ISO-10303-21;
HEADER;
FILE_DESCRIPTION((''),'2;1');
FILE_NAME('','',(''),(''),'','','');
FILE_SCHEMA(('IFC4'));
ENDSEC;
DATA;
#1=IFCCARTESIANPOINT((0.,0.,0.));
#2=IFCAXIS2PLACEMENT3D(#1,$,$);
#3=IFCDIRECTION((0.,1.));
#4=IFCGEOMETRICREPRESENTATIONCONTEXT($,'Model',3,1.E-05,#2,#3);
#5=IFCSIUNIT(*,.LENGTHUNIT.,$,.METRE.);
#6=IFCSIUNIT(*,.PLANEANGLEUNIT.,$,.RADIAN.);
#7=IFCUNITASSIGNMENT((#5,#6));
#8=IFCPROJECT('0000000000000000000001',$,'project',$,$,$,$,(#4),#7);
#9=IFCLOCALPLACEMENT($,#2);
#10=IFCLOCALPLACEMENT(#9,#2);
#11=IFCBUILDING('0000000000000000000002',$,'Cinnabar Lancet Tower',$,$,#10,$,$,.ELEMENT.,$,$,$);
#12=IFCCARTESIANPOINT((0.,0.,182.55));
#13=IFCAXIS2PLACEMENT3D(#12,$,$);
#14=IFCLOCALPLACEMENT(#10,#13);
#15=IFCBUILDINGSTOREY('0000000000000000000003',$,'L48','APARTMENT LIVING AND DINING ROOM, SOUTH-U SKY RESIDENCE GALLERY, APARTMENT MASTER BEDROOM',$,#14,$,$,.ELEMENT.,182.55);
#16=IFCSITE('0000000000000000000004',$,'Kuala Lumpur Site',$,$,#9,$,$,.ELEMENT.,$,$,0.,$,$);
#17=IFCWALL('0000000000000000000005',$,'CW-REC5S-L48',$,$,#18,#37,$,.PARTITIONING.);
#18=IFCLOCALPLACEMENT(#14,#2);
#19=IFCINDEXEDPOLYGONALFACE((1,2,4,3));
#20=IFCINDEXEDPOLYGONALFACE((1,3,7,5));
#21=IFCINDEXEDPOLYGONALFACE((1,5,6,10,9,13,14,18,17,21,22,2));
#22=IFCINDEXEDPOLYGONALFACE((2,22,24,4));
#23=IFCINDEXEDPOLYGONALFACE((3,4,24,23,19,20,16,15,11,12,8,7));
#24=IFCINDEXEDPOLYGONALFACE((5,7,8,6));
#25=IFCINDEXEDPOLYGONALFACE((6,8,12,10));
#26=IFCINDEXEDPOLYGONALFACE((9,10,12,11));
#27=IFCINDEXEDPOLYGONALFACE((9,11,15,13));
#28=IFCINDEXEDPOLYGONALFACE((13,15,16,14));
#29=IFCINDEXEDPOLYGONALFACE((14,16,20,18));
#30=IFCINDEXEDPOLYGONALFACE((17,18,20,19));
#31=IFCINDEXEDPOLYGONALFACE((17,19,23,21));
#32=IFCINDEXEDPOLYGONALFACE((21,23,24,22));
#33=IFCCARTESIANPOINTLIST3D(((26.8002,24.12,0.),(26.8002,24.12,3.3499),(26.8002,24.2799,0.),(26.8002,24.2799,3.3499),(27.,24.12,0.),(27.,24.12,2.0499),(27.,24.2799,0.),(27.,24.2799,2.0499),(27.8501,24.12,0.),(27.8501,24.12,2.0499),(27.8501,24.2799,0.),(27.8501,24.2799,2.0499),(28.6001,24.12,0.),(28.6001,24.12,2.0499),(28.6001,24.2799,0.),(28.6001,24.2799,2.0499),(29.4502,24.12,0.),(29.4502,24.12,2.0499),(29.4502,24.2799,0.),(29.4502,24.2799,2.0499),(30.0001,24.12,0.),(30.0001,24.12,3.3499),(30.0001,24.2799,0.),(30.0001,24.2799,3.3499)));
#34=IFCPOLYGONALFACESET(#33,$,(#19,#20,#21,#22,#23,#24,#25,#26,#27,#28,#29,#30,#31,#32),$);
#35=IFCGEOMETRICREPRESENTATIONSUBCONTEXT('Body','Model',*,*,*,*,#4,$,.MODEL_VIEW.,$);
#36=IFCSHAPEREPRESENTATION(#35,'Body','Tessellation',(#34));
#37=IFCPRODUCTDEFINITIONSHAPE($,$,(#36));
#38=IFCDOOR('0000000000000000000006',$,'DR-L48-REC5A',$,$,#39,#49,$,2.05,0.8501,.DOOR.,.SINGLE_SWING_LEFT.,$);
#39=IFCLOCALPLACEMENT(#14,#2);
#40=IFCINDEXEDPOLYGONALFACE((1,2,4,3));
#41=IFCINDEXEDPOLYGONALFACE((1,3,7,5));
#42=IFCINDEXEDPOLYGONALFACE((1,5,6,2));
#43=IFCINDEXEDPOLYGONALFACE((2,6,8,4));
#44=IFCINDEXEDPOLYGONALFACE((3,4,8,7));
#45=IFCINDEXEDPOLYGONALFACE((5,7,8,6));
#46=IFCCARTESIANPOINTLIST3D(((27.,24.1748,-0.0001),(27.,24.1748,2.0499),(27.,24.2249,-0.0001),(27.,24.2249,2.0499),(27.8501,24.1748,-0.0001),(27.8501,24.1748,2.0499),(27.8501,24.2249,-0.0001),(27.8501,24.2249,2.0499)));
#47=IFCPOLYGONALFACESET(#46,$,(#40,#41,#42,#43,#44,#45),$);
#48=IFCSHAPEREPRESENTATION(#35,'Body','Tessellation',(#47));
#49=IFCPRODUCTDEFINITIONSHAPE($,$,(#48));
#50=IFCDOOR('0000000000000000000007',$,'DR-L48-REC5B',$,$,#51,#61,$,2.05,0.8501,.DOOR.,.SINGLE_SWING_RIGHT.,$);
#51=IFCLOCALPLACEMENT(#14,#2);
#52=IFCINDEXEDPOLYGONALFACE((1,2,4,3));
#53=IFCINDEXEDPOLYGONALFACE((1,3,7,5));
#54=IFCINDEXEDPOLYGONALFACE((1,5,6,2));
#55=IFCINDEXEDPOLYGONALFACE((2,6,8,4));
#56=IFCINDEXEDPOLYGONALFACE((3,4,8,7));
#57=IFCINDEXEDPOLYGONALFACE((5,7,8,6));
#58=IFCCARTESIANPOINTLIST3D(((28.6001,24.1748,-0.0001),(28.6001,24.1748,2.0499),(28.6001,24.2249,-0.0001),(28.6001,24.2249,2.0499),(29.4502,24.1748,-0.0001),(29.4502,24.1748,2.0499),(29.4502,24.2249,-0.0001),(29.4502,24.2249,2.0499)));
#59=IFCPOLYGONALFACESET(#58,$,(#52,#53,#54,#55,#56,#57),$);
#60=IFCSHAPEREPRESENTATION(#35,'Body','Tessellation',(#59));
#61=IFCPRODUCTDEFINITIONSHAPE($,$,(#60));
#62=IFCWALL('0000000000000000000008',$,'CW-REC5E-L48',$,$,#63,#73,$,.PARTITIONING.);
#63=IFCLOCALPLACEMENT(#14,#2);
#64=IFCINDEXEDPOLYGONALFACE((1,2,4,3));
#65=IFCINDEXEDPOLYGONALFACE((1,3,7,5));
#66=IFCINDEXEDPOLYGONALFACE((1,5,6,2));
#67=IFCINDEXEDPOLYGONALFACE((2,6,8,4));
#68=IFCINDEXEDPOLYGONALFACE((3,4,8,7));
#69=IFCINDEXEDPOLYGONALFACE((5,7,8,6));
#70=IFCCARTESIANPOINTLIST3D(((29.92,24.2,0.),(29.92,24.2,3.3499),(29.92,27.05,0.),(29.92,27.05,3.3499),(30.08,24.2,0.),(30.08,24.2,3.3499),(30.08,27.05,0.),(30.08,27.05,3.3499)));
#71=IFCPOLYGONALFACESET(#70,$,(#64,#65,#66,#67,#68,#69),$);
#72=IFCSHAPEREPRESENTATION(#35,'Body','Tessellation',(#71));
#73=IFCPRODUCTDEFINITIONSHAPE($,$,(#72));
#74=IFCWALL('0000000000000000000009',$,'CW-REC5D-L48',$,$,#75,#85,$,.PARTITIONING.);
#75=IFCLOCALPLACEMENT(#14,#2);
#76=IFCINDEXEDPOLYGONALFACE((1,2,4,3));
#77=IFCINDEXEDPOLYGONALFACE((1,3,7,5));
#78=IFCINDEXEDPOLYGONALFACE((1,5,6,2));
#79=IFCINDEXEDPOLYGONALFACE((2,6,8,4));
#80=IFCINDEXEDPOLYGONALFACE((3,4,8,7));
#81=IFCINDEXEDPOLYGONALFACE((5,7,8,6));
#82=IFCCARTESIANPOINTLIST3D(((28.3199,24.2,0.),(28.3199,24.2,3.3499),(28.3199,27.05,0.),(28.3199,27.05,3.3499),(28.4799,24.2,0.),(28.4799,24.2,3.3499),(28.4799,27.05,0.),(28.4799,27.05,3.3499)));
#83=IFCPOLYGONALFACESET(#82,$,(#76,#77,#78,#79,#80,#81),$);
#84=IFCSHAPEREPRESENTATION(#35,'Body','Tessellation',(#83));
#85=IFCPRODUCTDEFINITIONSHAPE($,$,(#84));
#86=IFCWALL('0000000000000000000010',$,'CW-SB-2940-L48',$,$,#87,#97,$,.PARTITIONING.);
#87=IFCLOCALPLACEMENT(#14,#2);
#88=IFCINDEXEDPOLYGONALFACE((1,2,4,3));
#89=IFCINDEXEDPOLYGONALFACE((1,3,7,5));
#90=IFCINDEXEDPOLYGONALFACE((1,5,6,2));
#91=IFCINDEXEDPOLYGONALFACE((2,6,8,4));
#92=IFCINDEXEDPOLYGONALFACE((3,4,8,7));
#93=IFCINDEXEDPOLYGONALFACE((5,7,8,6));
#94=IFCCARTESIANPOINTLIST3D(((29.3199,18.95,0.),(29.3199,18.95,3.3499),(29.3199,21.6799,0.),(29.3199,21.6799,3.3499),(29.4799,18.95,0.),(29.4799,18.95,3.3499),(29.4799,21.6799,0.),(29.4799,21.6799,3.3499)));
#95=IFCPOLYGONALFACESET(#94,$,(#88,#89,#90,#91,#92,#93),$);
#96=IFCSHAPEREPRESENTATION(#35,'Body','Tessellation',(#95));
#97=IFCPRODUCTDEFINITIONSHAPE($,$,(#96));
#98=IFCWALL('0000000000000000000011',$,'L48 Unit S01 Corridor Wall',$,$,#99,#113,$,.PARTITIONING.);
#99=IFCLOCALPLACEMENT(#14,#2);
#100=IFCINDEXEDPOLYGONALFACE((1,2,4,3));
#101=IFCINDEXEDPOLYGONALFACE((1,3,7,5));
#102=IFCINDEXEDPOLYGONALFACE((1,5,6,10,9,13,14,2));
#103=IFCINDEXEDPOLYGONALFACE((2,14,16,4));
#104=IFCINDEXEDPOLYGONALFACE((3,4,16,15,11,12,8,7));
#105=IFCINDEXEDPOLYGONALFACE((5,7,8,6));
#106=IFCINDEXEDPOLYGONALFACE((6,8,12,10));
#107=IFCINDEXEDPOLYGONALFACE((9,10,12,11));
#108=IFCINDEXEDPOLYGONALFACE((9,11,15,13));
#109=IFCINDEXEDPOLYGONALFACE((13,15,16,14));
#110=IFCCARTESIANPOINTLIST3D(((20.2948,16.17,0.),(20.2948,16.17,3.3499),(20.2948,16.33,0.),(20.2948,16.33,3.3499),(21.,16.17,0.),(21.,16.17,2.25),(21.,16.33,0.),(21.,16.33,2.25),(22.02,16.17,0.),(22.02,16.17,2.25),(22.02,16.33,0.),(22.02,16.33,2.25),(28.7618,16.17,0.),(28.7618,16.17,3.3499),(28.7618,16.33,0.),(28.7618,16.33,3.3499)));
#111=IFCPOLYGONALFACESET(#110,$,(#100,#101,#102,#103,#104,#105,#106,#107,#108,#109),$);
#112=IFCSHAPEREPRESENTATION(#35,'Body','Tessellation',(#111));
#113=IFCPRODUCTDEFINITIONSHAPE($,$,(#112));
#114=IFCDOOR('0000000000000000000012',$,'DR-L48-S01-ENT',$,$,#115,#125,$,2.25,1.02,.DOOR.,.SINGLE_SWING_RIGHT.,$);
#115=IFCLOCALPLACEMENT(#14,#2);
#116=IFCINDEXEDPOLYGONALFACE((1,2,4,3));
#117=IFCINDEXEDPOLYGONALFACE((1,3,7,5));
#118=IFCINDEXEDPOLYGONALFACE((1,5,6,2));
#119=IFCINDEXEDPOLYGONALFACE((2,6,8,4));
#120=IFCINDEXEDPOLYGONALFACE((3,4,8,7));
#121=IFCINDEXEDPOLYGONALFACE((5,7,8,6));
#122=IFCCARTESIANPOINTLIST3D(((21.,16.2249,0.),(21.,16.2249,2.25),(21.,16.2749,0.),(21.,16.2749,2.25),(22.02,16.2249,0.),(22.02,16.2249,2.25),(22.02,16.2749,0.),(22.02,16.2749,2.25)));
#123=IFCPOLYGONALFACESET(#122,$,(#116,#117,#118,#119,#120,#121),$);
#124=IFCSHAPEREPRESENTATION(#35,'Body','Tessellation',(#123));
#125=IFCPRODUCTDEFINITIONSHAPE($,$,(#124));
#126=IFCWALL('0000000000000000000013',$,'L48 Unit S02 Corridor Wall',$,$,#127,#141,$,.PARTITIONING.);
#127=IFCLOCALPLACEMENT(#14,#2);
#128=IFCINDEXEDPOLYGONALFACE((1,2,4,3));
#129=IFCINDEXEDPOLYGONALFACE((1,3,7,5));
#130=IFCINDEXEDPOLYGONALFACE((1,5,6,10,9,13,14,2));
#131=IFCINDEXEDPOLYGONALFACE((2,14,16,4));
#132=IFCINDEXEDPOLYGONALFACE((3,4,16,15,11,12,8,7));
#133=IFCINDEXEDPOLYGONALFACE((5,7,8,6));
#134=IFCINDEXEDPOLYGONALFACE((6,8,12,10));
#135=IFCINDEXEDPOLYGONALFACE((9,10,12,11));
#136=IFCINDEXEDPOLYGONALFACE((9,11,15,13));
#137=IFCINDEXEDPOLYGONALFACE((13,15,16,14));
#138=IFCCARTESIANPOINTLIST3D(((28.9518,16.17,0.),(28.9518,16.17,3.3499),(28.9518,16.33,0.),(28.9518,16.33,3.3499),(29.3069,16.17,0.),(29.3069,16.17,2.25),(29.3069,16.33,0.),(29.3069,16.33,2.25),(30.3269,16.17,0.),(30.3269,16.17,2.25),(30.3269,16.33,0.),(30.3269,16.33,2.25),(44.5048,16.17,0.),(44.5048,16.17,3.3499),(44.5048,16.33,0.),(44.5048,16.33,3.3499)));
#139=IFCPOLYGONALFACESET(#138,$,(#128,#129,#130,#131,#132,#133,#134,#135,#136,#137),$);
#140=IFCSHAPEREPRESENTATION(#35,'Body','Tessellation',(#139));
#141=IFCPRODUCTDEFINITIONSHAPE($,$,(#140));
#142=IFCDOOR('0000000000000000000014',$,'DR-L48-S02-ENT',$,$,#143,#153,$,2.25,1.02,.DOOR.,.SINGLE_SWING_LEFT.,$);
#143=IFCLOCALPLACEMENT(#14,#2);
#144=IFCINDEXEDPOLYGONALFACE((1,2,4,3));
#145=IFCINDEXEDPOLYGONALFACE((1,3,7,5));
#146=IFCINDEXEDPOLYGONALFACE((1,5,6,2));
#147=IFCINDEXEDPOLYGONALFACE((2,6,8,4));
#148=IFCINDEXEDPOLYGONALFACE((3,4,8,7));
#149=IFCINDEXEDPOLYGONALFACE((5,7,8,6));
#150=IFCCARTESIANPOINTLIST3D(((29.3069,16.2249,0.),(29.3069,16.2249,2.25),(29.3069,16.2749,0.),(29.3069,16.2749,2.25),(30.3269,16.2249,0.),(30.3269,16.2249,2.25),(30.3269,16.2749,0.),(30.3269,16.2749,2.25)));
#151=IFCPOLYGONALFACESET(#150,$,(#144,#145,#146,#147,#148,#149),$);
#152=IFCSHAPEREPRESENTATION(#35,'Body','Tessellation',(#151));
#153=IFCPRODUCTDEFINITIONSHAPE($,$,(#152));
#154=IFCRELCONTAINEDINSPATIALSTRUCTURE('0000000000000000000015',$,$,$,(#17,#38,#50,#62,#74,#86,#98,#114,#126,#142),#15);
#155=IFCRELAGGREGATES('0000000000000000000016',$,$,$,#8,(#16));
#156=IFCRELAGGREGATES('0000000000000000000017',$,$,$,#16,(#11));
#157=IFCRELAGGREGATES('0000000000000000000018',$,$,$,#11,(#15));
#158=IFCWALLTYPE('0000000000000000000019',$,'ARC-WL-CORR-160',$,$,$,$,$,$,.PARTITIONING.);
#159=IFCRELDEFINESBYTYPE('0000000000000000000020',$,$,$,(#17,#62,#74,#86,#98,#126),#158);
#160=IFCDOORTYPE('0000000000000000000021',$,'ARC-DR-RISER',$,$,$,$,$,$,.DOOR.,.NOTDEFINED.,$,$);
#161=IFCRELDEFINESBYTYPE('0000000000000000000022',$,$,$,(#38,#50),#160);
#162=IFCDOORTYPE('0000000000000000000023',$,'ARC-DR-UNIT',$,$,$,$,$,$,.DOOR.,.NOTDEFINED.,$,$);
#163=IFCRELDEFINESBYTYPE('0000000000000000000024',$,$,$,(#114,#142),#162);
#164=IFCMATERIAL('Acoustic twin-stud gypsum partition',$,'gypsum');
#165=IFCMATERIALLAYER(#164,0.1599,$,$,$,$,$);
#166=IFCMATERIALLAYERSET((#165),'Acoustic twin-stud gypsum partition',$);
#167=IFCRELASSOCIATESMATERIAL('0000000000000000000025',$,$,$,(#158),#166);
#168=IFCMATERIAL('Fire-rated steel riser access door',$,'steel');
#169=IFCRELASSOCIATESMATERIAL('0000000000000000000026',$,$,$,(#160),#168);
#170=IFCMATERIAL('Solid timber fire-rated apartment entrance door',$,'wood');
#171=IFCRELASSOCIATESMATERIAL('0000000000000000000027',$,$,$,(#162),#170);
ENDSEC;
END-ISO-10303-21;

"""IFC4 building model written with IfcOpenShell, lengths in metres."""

from ifc_helpers import new_model, si_unit, direction, frame, frame_2d, origin, place, context, subcontext, project, spatial, rectangle, extrude, material, layer, layer_set, type_object, element, fill, save


model = new_model("IFC4")

# Units and contexts
model_context = context("Model", 3, precision=1e-05, world=origin(), true_north=direction((0.0, 1.0)))
body_context = subcontext(model_context, "Body", "Model", "MODEL_VIEW")
ifc_project = project(units=[si_unit("LENGTHUNIT", "METRE"), si_unit("PLANEANGLEUNIT", "RADIAN")], contexts=[model_context])

# Site, building, storey
site_placement = place(None, origin())
site = spatial("IfcSite", under=ifc_project, at=site_placement, Name="Kuala Lumpur Site", CompositionType="ELEMENT", RefElevation=0.0)
building_placement = place(site_placement, origin())
building = spatial("IfcBuilding", under=site, at=building_placement, Name="Cinnabar Lancet Tower", CompositionType="ELEMENT")
storey_placement = place(building_placement, frame((0.0, 0.0, 182.55)))
storey = spatial("IfcBuildingStorey", under=building, at=storey_placement, Name="L48", Description="APARTMENT LIVING AND DINING ROOM, SOUTH-U SKY RESIDENCE GALLERY, APARTMENT MASTER BEDROOM", CompositionType="ELEMENT", Elevation=182.55)

# Wall, openings, doors
ifc_material_1 = material(Name="Acoustic twin-stud gypsum partition", Category="gypsum")
ifc_layer_1 = layer(ifc_material_1, 0.1599)
ifc_layer_set_1 = layer_set([ifc_layer_1], Name="Acoustic twin-stud gypsum partition")
wall_type_1 = type_object("IfcWallType", Name="ARC-WL-CORR-160", PredefinedType="PARTITIONING", material=ifc_layer_set_1)
wall_1_placement = place(storey_placement, frame((26.8, 24.2, 0.0), z_axis=(0.0, 0.0, 1.0), x_axis=(1.0, 0.0, 0.0)))
wall_1 = element("IfcWall", 1, at=wall_1_placement, inside=storey, type_object=wall_type_1, Name="CW-REC5S-L48", PredefinedType="PARTITIONING", context=body_context, shape_type="SweptSolid", body=[
    extrude(rectangle(XDim=3.2, YDim=0.1599, at=frame_2d((1.6001, 0.0))), origin(), (0.0, 0.0, 1.0), 3.3499),
])
opening_1_placement = place(wall_1_placement, frame((0.2, 0.0, 0.0)))
opening_1 = element("IfcOpeningElement", 2, at=opening_1_placement, cuts=wall_1, PredefinedType="OPENING", context=body_context, shape_type="SweptSolid", body=[
    extrude(rectangle(XDim=0.8501, YDim=2.05, at=frame_2d((0.425, 1.0249))), frame((0.0, 0.0898, 0.0), z_axis=(0.0, -1.0, 0.0), x_axis=(1.0, 0.0, 0.0)), (0.0, 0.0, 1.0), 0.1799),
])
opening_2_placement = place(wall_1_placement, frame((1.8, 0.0, 0.0)))
opening_2 = element("IfcOpeningElement", 3, at=opening_2_placement, cuts=wall_1, PredefinedType="OPENING", context=body_context, shape_type="SweptSolid", body=[
    extrude(rectangle(XDim=0.8501, YDim=2.05, at=frame_2d((0.425, 1.0249))), frame((0.0, 0.0898, 0.0), z_axis=(0.0, -1.0, 0.0), x_axis=(1.0, 0.0, 0.0)), (0.0, 0.0, 1.0), 0.1799),
])
ifc_material_2 = material(Name="Fire-rated steel riser access door", Category="steel")
door_type_1 = type_object("IfcDoorType", Name="ARC-DR-RISER", OperationType="NOTDEFINED", PredefinedType="DOOR", material=ifc_material_2)
door_1_placement = place(opening_1_placement, origin())
door_1 = element("IfcDoor", 4, at=door_1_placement, inside=storey, type_object=door_type_1, Name="DR-L48-REC5A", OperationType="SINGLE_SWING_LEFT", OverallHeight=2.05, OverallWidth=0.8501, PredefinedType="DOOR", context=body_context, shape_type="SweptSolid", body=[
    extrude(rectangle(XDim=0.8501, YDim=2.05, at=frame_2d((0.425, 1.0249))), frame((0.0, 0.0249, 0.0), z_axis=(0.0, -1.0, 0.0), x_axis=(1.0, 0.0, 0.0)), (0.0, 0.0, 1.0), 0.05),
])
fill(opening_1, door_1)
door_2_placement = place(opening_2_placement, origin())
door_2 = element("IfcDoor", 5, at=door_2_placement, inside=storey, type_object=door_type_1, Name="DR-L48-REC5B", OperationType="SINGLE_SWING_RIGHT", OverallHeight=2.05, OverallWidth=0.8501, PredefinedType="DOOR", context=body_context, shape_type="SweptSolid", body=[
    extrude(rectangle(XDim=0.8501, YDim=2.05, at=frame_2d((0.425, 1.0249))), frame((0.0, 0.0249, 0.0), z_axis=(0.0, -1.0, 0.0), x_axis=(1.0, 0.0, 0.0)), (0.0, 0.0, 1.0), 0.05),
])
fill(opening_2, door_2)

# Walls
for number, where, z_axis, x_axis, name in (
    (6, (30.0, 24.2, 0.0), (0.0, 0.0, 1.0), (0.0, 1.0, 0.0), "CW-REC5E-L48"),
    (7, (28.3999, 24.2, 0.0), (0.0, 0.0, 1.0), (0.0, 1.0, 0.0), "CW-REC5D-L48"),
):
    element("IfcWall", number, at=place(storey_placement, frame(where, z_axis=z_axis, x_axis=x_axis)), inside=storey, type_object=wall_type_1, Name=name, PredefinedType="PARTITIONING", context=body_context, shape_type="SweptSolid", body=[
        extrude(rectangle(XDim=2.8501, YDim=0.1599, at=frame_2d((1.425, 0.0))), origin(), (0.0, 0.0, 1.0), 3.3499),
    ])
wall_2_placement = place(storey_placement, frame((29.3999, 18.95, 0.0), z_axis=(0.0, 0.0, 1.0), x_axis=(0.0, 1.0, 0.0)))
element("IfcWall", 8, at=wall_2_placement, inside=storey, type_object=wall_type_1, Name="CW-SB-2940-L48", PredefinedType="PARTITIONING", context=body_context, shape_type="SweptSolid", body=[
    extrude(rectangle(XDim=2.73, YDim=0.1599, at=frame_2d((1.365, 0.0))), origin(), (0.0, 0.0, 1.0), 3.3499),
])

# Walls, openings, doors
wall_3_placement = place(storey_placement, frame((20.2949, 16.25, 0.0), z_axis=(0.0, 0.0, 1.0), x_axis=(1.0, 0.0, 0.0)))
wall_3 = element("IfcWall", 9, at=wall_3_placement, inside=storey, type_object=wall_type_1, Name="L48 Unit S01 Corridor Wall", PredefinedType="PARTITIONING", context=body_context, shape_type="SweptSolid", body=[
    extrude(rectangle(XDim=8.467, YDim=0.1599, at=frame_2d((4.2334, 0.0))), origin(), (0.0, 0.0, 1.0), 3.3499),
])
opening_3_placement = place(wall_3_placement, frame((0.7051, 0.0, 0.0)))
opening_3 = element("IfcOpeningElement", 10, at=opening_3_placement, cuts=wall_3, PredefinedType="OPENING", context=body_context, shape_type="SweptSolid", body=[
    extrude(rectangle(XDim=1.02, YDim=2.25, at=frame_2d((0.51, 1.125))), frame((0.0, 0.0898, 0.0), z_axis=(0.0, -1.0, 0.0), x_axis=(1.0, 0.0, 0.0)), (0.0, 0.0, 1.0), 0.1799),
])
ifc_material_3 = material(Name="Solid timber fire-rated apartment entrance door", Category="wood")
door_type_2 = type_object("IfcDoorType", Name="ARC-DR-UNIT", OperationType="NOTDEFINED", PredefinedType="DOOR", material=ifc_material_3)
door_3_placement = place(opening_3_placement, origin())
door_3 = element("IfcDoor", 11, at=door_3_placement, inside=storey, type_object=door_type_2, Name="DR-L48-S01-ENT", OperationType="SINGLE_SWING_RIGHT", OverallHeight=2.25, OverallWidth=1.02, PredefinedType="DOOR", context=body_context, shape_type="SweptSolid", body=[
    extrude(rectangle(XDim=1.02, YDim=2.25, at=frame_2d((0.51, 1.125))), frame((0.0, 0.0249, 0.0), z_axis=(0.0, -1.0, 0.0), x_axis=(1.0, 0.0, 0.0)), (0.0, 0.0, 1.0), 0.05),
])
fill(opening_3, door_3)
wall_4_placement = place(storey_placement, frame((28.9519, 16.25, 0.0), z_axis=(0.0, 0.0, 1.0), x_axis=(1.0, 0.0, 0.0)))
wall_4 = element("IfcWall", 12, at=wall_4_placement, inside=storey, type_object=wall_type_1, Name="L48 Unit S02 Corridor Wall", PredefinedType="PARTITIONING", context=body_context, shape_type="SweptSolid", body=[
    extrude(rectangle(XDim=15.553, YDim=0.1599, at=frame_2d((7.7764, 0.0))), origin(), (0.0, 0.0, 1.0), 3.3499),
])
opening_4_placement = place(wall_4_placement, frame((0.355, 0.0, 0.0)))
opening_4 = element("IfcOpeningElement", 13, at=opening_4_placement, cuts=wall_4, PredefinedType="OPENING", context=body_context, shape_type="SweptSolid", body=[
    extrude(rectangle(XDim=1.02, YDim=2.25, at=frame_2d((0.51, 1.125))), frame((0.0, 0.0898, 0.0), z_axis=(0.0, -1.0, 0.0), x_axis=(1.0, 0.0, 0.0)), (0.0, 0.0, 1.0), 0.1799),
])
door_4_placement = place(opening_4_placement, origin())
door_4 = element("IfcDoor", 14, at=door_4_placement, inside=storey, type_object=door_type_2, Name="DR-L48-S02-ENT", OperationType="SINGLE_SWING_LEFT", OverallHeight=2.25, OverallWidth=1.02, PredefinedType="DOOR", context=body_context, shape_type="SweptSolid", body=[
    extrude(rectangle(XDim=1.02, YDim=2.25, at=frame_2d((0.51, 1.125))), frame((0.0, 0.0249, 0.0), z_axis=(0.0, -1.0, 0.0), x_axis=(1.0, 0.0, 0.0)), (0.0, 0.0, 1.0), 0.05),
])
fill(opening_4, door_4)

save(model, "model.ifc")
